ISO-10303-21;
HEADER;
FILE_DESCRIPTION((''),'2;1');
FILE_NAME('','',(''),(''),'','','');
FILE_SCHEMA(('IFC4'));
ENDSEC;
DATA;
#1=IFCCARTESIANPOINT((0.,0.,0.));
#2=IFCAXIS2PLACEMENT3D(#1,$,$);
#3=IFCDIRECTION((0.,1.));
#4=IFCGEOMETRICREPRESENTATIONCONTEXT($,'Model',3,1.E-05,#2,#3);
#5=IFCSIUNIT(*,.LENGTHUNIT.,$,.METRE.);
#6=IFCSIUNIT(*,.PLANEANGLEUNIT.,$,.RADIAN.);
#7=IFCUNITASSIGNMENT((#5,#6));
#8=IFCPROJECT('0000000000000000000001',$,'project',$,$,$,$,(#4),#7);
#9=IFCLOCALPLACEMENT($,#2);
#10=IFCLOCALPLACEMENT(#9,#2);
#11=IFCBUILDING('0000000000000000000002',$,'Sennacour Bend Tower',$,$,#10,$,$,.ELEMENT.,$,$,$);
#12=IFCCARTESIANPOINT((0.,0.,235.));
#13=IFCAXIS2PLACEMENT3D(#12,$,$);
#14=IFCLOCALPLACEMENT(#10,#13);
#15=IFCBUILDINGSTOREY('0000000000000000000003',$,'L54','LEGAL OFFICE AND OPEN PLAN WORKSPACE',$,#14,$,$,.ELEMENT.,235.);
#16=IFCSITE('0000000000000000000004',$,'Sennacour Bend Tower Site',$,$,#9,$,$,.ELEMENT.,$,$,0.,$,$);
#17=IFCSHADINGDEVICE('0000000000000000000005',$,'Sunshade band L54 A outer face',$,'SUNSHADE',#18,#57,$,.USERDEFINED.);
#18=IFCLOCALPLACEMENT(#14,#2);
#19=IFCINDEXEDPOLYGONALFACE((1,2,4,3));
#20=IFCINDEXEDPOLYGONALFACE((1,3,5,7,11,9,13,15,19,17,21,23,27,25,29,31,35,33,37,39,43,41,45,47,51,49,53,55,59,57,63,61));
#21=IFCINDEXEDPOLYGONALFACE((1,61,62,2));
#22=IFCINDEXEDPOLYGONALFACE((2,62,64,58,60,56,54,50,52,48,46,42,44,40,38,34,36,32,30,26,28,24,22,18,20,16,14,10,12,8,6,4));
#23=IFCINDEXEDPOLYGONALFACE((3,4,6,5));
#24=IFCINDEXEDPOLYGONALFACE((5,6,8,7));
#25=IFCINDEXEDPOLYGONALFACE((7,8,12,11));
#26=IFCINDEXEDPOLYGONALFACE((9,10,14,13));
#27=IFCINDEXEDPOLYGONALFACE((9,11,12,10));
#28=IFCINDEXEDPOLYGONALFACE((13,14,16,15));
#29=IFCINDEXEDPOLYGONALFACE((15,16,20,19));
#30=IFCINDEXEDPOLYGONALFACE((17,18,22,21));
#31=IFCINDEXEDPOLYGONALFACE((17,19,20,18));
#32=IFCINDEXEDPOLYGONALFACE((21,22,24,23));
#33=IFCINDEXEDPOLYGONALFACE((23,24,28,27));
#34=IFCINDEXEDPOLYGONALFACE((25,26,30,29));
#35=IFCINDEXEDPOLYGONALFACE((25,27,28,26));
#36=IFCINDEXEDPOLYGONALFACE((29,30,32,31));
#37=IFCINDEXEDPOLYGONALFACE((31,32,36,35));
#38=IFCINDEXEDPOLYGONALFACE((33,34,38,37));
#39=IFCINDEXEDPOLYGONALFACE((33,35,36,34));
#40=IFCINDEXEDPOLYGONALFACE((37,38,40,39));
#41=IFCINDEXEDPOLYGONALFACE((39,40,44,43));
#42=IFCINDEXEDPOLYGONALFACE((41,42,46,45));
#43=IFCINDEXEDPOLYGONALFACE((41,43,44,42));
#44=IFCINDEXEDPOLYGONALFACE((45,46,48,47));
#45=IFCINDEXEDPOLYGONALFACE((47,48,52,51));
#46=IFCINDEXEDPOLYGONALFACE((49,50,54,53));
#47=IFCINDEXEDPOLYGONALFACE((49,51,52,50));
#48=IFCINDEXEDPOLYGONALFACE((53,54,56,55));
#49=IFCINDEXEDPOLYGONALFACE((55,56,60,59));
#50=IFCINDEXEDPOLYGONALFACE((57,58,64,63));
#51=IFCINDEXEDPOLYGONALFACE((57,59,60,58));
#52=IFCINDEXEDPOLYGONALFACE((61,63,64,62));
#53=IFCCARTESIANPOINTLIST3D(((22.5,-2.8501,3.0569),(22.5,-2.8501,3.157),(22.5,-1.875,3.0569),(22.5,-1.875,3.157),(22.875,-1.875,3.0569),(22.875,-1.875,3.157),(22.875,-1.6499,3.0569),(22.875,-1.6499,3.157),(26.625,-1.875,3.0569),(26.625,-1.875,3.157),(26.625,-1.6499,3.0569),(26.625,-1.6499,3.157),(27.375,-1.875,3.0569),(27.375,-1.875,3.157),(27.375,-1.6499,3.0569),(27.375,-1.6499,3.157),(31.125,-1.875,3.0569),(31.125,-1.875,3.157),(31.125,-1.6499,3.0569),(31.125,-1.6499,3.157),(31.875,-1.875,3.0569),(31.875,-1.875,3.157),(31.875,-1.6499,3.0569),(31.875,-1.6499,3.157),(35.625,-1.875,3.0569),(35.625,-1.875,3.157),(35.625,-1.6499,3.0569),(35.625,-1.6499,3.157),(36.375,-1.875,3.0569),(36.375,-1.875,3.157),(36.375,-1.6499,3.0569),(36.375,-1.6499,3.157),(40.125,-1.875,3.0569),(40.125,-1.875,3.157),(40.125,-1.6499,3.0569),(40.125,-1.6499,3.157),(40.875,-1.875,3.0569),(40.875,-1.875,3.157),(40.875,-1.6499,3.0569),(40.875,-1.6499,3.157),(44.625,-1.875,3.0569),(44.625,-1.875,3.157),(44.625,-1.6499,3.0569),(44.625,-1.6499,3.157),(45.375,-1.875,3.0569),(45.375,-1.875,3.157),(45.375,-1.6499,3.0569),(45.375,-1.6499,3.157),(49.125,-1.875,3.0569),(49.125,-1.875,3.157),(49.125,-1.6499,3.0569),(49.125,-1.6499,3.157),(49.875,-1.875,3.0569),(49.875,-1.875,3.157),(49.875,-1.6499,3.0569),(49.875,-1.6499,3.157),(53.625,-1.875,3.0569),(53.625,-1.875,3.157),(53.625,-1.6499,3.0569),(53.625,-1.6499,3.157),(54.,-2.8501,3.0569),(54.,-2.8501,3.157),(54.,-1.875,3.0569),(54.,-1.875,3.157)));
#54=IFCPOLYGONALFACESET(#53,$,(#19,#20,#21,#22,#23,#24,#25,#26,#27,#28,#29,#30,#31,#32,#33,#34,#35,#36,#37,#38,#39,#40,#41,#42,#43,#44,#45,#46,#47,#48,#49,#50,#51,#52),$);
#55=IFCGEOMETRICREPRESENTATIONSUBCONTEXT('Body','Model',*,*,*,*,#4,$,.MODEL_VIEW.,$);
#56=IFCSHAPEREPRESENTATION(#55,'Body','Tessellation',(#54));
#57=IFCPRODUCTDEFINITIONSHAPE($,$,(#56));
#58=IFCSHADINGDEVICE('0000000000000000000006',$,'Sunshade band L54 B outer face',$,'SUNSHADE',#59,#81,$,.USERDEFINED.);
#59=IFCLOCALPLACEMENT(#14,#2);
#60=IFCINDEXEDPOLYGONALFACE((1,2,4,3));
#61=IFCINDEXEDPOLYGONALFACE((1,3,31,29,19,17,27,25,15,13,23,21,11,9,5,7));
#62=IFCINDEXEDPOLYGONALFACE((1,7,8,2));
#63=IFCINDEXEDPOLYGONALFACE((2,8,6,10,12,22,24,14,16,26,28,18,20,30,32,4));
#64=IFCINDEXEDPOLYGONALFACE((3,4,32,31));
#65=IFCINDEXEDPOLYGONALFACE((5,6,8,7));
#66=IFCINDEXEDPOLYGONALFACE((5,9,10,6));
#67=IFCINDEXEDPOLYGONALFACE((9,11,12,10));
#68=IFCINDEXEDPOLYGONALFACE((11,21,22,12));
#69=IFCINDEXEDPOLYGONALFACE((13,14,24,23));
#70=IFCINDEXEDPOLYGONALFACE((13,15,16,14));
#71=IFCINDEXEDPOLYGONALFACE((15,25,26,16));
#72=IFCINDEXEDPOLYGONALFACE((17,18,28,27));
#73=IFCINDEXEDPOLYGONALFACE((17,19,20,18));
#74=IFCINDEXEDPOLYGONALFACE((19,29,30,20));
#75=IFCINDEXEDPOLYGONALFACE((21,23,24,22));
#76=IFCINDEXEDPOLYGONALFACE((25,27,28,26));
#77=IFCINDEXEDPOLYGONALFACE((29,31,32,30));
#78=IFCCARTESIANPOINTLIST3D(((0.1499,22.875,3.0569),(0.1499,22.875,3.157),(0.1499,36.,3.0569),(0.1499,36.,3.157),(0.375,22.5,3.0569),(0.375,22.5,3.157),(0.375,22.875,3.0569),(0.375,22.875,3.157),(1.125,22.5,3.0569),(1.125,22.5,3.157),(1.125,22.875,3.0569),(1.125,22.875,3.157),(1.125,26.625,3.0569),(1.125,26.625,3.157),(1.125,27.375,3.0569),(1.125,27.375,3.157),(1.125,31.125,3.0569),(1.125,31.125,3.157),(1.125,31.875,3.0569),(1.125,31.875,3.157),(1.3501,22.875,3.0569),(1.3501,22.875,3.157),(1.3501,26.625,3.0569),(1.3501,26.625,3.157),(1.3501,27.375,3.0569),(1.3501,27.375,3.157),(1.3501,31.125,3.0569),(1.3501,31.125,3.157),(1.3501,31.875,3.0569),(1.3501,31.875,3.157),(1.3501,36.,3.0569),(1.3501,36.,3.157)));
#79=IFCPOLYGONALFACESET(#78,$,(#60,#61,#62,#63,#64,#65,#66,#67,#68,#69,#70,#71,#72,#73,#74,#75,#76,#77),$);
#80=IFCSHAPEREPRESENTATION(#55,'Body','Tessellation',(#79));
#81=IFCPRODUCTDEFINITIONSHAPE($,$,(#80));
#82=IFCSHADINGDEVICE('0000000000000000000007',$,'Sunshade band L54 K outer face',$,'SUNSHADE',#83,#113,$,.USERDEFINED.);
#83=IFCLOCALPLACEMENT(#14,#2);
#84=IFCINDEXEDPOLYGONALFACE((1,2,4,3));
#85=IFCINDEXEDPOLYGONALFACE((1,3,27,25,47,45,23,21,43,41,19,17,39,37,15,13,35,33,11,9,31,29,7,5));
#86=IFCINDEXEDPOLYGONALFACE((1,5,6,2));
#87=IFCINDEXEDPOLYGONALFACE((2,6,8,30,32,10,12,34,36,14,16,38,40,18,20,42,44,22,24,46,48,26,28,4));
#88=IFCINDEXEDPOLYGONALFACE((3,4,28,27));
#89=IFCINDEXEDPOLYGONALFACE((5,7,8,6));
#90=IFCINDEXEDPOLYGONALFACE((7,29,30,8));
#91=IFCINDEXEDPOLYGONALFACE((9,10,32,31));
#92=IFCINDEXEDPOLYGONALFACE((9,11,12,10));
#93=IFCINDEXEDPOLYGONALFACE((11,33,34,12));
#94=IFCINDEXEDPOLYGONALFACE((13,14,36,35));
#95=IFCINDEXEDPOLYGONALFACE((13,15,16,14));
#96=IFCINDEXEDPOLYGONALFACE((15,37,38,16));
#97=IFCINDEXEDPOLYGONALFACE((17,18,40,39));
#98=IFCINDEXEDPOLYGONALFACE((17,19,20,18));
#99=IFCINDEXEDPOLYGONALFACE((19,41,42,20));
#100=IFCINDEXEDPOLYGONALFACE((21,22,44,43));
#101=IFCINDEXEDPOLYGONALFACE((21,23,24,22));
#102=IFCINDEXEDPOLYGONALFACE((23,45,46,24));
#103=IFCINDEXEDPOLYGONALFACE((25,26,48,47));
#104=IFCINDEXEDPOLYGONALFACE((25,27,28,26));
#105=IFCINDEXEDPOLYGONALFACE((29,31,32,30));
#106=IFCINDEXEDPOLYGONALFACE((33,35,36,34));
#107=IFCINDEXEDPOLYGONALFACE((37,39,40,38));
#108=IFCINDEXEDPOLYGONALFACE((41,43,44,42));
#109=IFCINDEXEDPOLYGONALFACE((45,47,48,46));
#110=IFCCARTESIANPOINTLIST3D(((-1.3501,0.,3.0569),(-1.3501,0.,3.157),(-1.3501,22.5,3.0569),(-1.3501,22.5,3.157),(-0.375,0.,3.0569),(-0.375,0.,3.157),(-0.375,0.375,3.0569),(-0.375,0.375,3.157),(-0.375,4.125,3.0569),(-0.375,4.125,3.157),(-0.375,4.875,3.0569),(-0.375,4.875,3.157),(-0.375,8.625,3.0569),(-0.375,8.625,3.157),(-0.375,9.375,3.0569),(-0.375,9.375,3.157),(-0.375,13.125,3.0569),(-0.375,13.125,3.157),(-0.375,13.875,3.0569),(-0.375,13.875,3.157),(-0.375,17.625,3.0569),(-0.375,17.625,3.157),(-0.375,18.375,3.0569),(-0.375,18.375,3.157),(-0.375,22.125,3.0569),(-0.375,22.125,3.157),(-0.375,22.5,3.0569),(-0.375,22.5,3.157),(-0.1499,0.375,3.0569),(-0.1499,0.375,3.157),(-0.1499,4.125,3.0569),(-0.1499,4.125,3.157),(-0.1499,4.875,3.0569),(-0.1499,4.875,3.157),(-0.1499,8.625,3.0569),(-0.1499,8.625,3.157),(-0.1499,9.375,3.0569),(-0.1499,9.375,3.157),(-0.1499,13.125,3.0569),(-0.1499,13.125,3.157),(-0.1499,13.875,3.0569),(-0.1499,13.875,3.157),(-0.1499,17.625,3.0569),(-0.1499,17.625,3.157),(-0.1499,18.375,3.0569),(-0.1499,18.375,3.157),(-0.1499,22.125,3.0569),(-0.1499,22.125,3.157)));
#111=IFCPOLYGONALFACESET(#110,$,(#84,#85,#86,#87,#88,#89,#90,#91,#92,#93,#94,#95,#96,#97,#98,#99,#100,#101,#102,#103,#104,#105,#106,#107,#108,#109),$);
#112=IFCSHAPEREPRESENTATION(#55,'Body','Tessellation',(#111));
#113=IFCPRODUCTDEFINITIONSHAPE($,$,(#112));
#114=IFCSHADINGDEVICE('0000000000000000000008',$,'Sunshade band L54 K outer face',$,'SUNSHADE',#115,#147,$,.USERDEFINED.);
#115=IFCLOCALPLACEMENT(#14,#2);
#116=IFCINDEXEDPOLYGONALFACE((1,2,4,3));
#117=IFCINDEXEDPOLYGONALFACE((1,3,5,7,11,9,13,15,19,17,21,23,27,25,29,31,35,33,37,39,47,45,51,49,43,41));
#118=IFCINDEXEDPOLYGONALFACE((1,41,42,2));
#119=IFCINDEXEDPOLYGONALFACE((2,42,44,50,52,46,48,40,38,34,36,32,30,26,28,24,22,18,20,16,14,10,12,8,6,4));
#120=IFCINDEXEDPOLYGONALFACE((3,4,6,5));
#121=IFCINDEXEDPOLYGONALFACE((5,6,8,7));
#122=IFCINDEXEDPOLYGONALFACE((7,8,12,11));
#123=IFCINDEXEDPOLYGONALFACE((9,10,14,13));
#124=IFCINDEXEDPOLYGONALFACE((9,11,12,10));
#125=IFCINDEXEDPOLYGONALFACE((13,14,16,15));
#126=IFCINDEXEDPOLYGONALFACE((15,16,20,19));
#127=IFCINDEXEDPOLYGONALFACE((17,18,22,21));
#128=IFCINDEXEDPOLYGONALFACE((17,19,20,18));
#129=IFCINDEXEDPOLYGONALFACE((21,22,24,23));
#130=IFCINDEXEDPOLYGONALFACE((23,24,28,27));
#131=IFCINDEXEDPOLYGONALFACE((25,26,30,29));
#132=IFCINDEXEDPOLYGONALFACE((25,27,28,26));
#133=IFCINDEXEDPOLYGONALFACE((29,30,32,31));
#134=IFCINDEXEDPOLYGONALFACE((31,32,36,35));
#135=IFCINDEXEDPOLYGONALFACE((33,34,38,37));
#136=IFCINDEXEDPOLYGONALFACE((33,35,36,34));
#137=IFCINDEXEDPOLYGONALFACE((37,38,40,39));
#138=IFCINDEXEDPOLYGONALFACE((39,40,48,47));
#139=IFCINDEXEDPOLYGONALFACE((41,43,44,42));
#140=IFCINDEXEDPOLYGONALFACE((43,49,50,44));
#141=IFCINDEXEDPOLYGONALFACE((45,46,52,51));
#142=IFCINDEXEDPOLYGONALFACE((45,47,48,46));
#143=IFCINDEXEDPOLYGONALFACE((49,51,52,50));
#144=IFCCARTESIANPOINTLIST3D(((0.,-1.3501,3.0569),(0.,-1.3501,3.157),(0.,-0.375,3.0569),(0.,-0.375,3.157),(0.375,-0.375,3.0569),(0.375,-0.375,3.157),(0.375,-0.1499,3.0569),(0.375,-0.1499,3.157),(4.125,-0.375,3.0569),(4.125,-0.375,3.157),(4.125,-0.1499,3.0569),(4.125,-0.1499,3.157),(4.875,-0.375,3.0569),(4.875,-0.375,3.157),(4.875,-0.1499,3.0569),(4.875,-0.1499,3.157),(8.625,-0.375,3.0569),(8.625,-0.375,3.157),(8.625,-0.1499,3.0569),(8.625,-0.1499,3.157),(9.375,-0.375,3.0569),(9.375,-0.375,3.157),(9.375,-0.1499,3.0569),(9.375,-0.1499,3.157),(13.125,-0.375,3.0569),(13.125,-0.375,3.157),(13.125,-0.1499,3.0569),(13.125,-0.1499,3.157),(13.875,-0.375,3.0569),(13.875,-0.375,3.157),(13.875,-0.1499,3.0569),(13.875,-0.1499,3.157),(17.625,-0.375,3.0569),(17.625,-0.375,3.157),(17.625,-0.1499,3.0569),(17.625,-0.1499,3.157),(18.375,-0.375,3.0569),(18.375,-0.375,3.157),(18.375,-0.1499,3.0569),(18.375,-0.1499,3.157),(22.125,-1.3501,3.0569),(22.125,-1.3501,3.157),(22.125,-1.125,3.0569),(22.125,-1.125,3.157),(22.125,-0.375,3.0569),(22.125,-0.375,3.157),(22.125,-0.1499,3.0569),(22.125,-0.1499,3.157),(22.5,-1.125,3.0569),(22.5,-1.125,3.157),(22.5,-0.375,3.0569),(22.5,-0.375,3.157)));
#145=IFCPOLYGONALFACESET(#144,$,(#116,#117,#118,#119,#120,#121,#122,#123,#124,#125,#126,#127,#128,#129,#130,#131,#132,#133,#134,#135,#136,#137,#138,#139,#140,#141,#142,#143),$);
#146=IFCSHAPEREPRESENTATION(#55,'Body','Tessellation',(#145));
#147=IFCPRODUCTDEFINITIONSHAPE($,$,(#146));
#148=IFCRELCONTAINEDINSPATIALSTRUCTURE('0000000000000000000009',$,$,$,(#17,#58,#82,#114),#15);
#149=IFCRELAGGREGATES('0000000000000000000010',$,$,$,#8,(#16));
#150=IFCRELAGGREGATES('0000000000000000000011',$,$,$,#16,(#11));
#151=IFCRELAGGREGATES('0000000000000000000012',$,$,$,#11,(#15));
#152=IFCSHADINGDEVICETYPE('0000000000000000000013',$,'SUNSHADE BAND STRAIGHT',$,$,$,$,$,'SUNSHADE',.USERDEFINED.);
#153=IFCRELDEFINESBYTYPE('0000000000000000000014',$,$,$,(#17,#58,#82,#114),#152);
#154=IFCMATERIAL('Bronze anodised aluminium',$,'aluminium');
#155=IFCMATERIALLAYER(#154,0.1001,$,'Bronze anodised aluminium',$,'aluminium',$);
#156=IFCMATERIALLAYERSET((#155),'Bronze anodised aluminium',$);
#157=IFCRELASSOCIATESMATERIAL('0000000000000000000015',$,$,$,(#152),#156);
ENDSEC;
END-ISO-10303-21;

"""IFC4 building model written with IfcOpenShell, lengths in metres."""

from ifc_helpers import new_model, si_unit, direction, frame, origin, place, context, subcontext, project, spatial, polyline, outline, extrude, material, layer, layer_set, type_object, element, save


model = new_model("IFC4")

# Units and contexts
model_context = context("Model", 3, precision=1e-05, world=origin(), true_north=direction((0.0, 1.0)))
body_context = subcontext(model_context, "Body", "Model", "MODEL_VIEW")
ifc_project = project(units=[si_unit("LENGTHUNIT", "METRE"), si_unit("PLANEANGLEUNIT", "RADIAN")], contexts=[model_context])

# Site, building, storey
site_placement = place(None, origin())
site = spatial("IfcSite", under=ifc_project, at=site_placement, Name="Sennacour Bend Tower Site", CompositionType="ELEMENT", RefElevation=0.0)
building_placement = place(site_placement, origin())
building = spatial("IfcBuilding", under=site, at=building_placement, Name="Sennacour Bend Tower", CompositionType="ELEMENT")
storey_placement = place(building_placement, frame((0.0, 0.0, 235.0)))
storey = spatial("IfcBuildingStorey", under=building, at=storey_placement, Name="L54", Description="LEGAL OFFICE AND OPEN PLAN WORKSPACE", CompositionType="ELEMENT", Elevation=235.0)

# Shading devices
ifc_material_1 = material(Name="Bronze anodised aluminium", Category="aluminium")
ifc_layer_1 = layer(ifc_material_1, 0.1001, Name="Bronze anodised aluminium", Category="aluminium")
ifc_layer_set_1 = layer_set([ifc_layer_1], Name="Bronze anodised aluminium")
shading_device_type_1 = type_object("IfcShadingDeviceType", Name="SUNSHADE BAND STRAIGHT", ElementType="SUNSHADE", PredefinedType="USERDEFINED", material=ifc_layer_set_1)
shading_device_1_placement = place(storey_placement, frame((0.0, 0.0, 3.0569)))
element("IfcShadingDevice", 1, at=shading_device_1_placement, inside=storey, type_object=shading_device_type_1, Name="Sunshade band L54 A outer face", ObjectType="SUNSHADE", PredefinedType="USERDEFINED", context=body_context, shape_type="SweptSolid", body=[
    extrude(outline(polyline([(26.625, -1.6499), (26.625, -1.875), (27.375, -1.875), (27.375, -1.6499), (31.125, -1.6499), (31.125, -1.875), (31.875, -1.875), (31.875, -1.6499), (35.625, -1.6499), (35.625, -1.875), (36.375, -1.875), (36.375, -1.6499), (40.125, -1.6499), (40.125, -1.875), (40.875, -1.875), (40.875, -1.6499), (44.625, -1.6499), (44.625, -1.875), (45.375, -1.875), (45.375, -1.6499), (49.125, -1.6499), (49.125, -1.875), (49.875, -1.875), (49.875, -1.6499), (53.625, -1.6499), (53.625, -1.875), (54.0, -1.875), (54.0, -2.8501), (22.5, -2.8501), (22.5, -1.875), (22.875, -1.875), (22.875, -1.6499), (26.625, -1.6499)])), origin(), (0.0, 0.0, 1.0), 0.1001),
])
shading_device_2_placement = place(storey_placement, frame((0.0, 0.0, 3.0569)))
element("IfcShadingDevice", 2, at=shading_device_2_placement, inside=storey, type_object=shading_device_type_1, Name="Sunshade band L54 B outer face", ObjectType="SUNSHADE", PredefinedType="USERDEFINED", context=body_context, shape_type="SweptSolid", body=[
    extrude(outline(polyline([(1.3501, 31.875), (1.125, 31.875), (1.125, 31.125), (1.3501, 31.125), (1.3501, 27.375), (1.125, 27.375), (1.125, 26.625), (1.3501, 26.625), (1.3501, 22.875), (1.125, 22.875), (1.125, 22.5), (0.375, 22.5), (0.375, 22.875), (0.1499, 22.875), (0.1499, 36.0), (1.3501, 36.0), (1.3501, 31.875)])), origin(), (0.0, 0.0, 1.0), 0.1001),
])
shading_device_3_placement = place(storey_placement, frame((0.0, 0.0, 3.0569)))
element("IfcShadingDevice", 3, at=shading_device_3_placement, inside=storey, type_object=shading_device_type_1, Name="Sunshade band L54 K outer face", ObjectType="SUNSHADE", PredefinedType="USERDEFINED", context=body_context, shape_type="SweptSolid", body=[
    extrude(outline(polyline([(-0.1499, 18.375), (-0.375, 18.375), (-0.375, 17.625), (-0.1499, 17.625), (-0.1499, 13.875), (-0.375, 13.875), (-0.375, 13.125), (-0.1499, 13.125), (-0.1499, 9.375), (-0.375, 9.375), (-0.375, 8.625), (-0.1499, 8.625), (-0.1499, 4.875), (-0.375, 4.875), (-0.375, 4.125), (-0.1499, 4.125), (-0.1499, 0.375), (-0.375, 0.375), (-0.375, 0.0), (-1.3501, 0.0), (-1.3501, 22.5), (-0.375, 22.5), (-0.375, 22.125), (-0.1499, 22.125), (-0.1499, 18.375)])), origin(), (0.0, 0.0, 1.0), 0.1001),
])
shading_device_4_placement = place(storey_placement, frame((0.0, 0.0, 3.0569)))
element("IfcShadingDevice", 4, at=shading_device_4_placement, inside=storey, type_object=shading_device_type_1, Name="Sunshade band L54 K outer face", ObjectType="SUNSHADE", PredefinedType="USERDEFINED", context=body_context, shape_type="SweptSolid", body=[
    extrude(outline(polyline([(4.125, -0.1499), (4.125, -0.375), (4.875, -0.375), (4.875, -0.1499), (8.625, -0.1499), (8.625, -0.375), (9.375, -0.375), (9.375, -0.1499), (13.125, -0.1499), (13.125, -0.375), (13.875, -0.375), (13.875, -0.1499), (17.625, -0.1499), (17.625, -0.375), (18.375, -0.375), (18.375, -0.1499), (22.125, -0.1499), (22.125, -0.375), (22.5, -0.375), (22.5, -1.125), (22.125, -1.125), (22.125, -1.3501), (0.0, -1.3501), (0.0, -0.375), (0.375, -0.375), (0.375, -0.1499), (4.125, -0.1499)])), origin(), (0.0, 0.0, 1.0), 0.1001),
])

save(model, "model.ifc")
